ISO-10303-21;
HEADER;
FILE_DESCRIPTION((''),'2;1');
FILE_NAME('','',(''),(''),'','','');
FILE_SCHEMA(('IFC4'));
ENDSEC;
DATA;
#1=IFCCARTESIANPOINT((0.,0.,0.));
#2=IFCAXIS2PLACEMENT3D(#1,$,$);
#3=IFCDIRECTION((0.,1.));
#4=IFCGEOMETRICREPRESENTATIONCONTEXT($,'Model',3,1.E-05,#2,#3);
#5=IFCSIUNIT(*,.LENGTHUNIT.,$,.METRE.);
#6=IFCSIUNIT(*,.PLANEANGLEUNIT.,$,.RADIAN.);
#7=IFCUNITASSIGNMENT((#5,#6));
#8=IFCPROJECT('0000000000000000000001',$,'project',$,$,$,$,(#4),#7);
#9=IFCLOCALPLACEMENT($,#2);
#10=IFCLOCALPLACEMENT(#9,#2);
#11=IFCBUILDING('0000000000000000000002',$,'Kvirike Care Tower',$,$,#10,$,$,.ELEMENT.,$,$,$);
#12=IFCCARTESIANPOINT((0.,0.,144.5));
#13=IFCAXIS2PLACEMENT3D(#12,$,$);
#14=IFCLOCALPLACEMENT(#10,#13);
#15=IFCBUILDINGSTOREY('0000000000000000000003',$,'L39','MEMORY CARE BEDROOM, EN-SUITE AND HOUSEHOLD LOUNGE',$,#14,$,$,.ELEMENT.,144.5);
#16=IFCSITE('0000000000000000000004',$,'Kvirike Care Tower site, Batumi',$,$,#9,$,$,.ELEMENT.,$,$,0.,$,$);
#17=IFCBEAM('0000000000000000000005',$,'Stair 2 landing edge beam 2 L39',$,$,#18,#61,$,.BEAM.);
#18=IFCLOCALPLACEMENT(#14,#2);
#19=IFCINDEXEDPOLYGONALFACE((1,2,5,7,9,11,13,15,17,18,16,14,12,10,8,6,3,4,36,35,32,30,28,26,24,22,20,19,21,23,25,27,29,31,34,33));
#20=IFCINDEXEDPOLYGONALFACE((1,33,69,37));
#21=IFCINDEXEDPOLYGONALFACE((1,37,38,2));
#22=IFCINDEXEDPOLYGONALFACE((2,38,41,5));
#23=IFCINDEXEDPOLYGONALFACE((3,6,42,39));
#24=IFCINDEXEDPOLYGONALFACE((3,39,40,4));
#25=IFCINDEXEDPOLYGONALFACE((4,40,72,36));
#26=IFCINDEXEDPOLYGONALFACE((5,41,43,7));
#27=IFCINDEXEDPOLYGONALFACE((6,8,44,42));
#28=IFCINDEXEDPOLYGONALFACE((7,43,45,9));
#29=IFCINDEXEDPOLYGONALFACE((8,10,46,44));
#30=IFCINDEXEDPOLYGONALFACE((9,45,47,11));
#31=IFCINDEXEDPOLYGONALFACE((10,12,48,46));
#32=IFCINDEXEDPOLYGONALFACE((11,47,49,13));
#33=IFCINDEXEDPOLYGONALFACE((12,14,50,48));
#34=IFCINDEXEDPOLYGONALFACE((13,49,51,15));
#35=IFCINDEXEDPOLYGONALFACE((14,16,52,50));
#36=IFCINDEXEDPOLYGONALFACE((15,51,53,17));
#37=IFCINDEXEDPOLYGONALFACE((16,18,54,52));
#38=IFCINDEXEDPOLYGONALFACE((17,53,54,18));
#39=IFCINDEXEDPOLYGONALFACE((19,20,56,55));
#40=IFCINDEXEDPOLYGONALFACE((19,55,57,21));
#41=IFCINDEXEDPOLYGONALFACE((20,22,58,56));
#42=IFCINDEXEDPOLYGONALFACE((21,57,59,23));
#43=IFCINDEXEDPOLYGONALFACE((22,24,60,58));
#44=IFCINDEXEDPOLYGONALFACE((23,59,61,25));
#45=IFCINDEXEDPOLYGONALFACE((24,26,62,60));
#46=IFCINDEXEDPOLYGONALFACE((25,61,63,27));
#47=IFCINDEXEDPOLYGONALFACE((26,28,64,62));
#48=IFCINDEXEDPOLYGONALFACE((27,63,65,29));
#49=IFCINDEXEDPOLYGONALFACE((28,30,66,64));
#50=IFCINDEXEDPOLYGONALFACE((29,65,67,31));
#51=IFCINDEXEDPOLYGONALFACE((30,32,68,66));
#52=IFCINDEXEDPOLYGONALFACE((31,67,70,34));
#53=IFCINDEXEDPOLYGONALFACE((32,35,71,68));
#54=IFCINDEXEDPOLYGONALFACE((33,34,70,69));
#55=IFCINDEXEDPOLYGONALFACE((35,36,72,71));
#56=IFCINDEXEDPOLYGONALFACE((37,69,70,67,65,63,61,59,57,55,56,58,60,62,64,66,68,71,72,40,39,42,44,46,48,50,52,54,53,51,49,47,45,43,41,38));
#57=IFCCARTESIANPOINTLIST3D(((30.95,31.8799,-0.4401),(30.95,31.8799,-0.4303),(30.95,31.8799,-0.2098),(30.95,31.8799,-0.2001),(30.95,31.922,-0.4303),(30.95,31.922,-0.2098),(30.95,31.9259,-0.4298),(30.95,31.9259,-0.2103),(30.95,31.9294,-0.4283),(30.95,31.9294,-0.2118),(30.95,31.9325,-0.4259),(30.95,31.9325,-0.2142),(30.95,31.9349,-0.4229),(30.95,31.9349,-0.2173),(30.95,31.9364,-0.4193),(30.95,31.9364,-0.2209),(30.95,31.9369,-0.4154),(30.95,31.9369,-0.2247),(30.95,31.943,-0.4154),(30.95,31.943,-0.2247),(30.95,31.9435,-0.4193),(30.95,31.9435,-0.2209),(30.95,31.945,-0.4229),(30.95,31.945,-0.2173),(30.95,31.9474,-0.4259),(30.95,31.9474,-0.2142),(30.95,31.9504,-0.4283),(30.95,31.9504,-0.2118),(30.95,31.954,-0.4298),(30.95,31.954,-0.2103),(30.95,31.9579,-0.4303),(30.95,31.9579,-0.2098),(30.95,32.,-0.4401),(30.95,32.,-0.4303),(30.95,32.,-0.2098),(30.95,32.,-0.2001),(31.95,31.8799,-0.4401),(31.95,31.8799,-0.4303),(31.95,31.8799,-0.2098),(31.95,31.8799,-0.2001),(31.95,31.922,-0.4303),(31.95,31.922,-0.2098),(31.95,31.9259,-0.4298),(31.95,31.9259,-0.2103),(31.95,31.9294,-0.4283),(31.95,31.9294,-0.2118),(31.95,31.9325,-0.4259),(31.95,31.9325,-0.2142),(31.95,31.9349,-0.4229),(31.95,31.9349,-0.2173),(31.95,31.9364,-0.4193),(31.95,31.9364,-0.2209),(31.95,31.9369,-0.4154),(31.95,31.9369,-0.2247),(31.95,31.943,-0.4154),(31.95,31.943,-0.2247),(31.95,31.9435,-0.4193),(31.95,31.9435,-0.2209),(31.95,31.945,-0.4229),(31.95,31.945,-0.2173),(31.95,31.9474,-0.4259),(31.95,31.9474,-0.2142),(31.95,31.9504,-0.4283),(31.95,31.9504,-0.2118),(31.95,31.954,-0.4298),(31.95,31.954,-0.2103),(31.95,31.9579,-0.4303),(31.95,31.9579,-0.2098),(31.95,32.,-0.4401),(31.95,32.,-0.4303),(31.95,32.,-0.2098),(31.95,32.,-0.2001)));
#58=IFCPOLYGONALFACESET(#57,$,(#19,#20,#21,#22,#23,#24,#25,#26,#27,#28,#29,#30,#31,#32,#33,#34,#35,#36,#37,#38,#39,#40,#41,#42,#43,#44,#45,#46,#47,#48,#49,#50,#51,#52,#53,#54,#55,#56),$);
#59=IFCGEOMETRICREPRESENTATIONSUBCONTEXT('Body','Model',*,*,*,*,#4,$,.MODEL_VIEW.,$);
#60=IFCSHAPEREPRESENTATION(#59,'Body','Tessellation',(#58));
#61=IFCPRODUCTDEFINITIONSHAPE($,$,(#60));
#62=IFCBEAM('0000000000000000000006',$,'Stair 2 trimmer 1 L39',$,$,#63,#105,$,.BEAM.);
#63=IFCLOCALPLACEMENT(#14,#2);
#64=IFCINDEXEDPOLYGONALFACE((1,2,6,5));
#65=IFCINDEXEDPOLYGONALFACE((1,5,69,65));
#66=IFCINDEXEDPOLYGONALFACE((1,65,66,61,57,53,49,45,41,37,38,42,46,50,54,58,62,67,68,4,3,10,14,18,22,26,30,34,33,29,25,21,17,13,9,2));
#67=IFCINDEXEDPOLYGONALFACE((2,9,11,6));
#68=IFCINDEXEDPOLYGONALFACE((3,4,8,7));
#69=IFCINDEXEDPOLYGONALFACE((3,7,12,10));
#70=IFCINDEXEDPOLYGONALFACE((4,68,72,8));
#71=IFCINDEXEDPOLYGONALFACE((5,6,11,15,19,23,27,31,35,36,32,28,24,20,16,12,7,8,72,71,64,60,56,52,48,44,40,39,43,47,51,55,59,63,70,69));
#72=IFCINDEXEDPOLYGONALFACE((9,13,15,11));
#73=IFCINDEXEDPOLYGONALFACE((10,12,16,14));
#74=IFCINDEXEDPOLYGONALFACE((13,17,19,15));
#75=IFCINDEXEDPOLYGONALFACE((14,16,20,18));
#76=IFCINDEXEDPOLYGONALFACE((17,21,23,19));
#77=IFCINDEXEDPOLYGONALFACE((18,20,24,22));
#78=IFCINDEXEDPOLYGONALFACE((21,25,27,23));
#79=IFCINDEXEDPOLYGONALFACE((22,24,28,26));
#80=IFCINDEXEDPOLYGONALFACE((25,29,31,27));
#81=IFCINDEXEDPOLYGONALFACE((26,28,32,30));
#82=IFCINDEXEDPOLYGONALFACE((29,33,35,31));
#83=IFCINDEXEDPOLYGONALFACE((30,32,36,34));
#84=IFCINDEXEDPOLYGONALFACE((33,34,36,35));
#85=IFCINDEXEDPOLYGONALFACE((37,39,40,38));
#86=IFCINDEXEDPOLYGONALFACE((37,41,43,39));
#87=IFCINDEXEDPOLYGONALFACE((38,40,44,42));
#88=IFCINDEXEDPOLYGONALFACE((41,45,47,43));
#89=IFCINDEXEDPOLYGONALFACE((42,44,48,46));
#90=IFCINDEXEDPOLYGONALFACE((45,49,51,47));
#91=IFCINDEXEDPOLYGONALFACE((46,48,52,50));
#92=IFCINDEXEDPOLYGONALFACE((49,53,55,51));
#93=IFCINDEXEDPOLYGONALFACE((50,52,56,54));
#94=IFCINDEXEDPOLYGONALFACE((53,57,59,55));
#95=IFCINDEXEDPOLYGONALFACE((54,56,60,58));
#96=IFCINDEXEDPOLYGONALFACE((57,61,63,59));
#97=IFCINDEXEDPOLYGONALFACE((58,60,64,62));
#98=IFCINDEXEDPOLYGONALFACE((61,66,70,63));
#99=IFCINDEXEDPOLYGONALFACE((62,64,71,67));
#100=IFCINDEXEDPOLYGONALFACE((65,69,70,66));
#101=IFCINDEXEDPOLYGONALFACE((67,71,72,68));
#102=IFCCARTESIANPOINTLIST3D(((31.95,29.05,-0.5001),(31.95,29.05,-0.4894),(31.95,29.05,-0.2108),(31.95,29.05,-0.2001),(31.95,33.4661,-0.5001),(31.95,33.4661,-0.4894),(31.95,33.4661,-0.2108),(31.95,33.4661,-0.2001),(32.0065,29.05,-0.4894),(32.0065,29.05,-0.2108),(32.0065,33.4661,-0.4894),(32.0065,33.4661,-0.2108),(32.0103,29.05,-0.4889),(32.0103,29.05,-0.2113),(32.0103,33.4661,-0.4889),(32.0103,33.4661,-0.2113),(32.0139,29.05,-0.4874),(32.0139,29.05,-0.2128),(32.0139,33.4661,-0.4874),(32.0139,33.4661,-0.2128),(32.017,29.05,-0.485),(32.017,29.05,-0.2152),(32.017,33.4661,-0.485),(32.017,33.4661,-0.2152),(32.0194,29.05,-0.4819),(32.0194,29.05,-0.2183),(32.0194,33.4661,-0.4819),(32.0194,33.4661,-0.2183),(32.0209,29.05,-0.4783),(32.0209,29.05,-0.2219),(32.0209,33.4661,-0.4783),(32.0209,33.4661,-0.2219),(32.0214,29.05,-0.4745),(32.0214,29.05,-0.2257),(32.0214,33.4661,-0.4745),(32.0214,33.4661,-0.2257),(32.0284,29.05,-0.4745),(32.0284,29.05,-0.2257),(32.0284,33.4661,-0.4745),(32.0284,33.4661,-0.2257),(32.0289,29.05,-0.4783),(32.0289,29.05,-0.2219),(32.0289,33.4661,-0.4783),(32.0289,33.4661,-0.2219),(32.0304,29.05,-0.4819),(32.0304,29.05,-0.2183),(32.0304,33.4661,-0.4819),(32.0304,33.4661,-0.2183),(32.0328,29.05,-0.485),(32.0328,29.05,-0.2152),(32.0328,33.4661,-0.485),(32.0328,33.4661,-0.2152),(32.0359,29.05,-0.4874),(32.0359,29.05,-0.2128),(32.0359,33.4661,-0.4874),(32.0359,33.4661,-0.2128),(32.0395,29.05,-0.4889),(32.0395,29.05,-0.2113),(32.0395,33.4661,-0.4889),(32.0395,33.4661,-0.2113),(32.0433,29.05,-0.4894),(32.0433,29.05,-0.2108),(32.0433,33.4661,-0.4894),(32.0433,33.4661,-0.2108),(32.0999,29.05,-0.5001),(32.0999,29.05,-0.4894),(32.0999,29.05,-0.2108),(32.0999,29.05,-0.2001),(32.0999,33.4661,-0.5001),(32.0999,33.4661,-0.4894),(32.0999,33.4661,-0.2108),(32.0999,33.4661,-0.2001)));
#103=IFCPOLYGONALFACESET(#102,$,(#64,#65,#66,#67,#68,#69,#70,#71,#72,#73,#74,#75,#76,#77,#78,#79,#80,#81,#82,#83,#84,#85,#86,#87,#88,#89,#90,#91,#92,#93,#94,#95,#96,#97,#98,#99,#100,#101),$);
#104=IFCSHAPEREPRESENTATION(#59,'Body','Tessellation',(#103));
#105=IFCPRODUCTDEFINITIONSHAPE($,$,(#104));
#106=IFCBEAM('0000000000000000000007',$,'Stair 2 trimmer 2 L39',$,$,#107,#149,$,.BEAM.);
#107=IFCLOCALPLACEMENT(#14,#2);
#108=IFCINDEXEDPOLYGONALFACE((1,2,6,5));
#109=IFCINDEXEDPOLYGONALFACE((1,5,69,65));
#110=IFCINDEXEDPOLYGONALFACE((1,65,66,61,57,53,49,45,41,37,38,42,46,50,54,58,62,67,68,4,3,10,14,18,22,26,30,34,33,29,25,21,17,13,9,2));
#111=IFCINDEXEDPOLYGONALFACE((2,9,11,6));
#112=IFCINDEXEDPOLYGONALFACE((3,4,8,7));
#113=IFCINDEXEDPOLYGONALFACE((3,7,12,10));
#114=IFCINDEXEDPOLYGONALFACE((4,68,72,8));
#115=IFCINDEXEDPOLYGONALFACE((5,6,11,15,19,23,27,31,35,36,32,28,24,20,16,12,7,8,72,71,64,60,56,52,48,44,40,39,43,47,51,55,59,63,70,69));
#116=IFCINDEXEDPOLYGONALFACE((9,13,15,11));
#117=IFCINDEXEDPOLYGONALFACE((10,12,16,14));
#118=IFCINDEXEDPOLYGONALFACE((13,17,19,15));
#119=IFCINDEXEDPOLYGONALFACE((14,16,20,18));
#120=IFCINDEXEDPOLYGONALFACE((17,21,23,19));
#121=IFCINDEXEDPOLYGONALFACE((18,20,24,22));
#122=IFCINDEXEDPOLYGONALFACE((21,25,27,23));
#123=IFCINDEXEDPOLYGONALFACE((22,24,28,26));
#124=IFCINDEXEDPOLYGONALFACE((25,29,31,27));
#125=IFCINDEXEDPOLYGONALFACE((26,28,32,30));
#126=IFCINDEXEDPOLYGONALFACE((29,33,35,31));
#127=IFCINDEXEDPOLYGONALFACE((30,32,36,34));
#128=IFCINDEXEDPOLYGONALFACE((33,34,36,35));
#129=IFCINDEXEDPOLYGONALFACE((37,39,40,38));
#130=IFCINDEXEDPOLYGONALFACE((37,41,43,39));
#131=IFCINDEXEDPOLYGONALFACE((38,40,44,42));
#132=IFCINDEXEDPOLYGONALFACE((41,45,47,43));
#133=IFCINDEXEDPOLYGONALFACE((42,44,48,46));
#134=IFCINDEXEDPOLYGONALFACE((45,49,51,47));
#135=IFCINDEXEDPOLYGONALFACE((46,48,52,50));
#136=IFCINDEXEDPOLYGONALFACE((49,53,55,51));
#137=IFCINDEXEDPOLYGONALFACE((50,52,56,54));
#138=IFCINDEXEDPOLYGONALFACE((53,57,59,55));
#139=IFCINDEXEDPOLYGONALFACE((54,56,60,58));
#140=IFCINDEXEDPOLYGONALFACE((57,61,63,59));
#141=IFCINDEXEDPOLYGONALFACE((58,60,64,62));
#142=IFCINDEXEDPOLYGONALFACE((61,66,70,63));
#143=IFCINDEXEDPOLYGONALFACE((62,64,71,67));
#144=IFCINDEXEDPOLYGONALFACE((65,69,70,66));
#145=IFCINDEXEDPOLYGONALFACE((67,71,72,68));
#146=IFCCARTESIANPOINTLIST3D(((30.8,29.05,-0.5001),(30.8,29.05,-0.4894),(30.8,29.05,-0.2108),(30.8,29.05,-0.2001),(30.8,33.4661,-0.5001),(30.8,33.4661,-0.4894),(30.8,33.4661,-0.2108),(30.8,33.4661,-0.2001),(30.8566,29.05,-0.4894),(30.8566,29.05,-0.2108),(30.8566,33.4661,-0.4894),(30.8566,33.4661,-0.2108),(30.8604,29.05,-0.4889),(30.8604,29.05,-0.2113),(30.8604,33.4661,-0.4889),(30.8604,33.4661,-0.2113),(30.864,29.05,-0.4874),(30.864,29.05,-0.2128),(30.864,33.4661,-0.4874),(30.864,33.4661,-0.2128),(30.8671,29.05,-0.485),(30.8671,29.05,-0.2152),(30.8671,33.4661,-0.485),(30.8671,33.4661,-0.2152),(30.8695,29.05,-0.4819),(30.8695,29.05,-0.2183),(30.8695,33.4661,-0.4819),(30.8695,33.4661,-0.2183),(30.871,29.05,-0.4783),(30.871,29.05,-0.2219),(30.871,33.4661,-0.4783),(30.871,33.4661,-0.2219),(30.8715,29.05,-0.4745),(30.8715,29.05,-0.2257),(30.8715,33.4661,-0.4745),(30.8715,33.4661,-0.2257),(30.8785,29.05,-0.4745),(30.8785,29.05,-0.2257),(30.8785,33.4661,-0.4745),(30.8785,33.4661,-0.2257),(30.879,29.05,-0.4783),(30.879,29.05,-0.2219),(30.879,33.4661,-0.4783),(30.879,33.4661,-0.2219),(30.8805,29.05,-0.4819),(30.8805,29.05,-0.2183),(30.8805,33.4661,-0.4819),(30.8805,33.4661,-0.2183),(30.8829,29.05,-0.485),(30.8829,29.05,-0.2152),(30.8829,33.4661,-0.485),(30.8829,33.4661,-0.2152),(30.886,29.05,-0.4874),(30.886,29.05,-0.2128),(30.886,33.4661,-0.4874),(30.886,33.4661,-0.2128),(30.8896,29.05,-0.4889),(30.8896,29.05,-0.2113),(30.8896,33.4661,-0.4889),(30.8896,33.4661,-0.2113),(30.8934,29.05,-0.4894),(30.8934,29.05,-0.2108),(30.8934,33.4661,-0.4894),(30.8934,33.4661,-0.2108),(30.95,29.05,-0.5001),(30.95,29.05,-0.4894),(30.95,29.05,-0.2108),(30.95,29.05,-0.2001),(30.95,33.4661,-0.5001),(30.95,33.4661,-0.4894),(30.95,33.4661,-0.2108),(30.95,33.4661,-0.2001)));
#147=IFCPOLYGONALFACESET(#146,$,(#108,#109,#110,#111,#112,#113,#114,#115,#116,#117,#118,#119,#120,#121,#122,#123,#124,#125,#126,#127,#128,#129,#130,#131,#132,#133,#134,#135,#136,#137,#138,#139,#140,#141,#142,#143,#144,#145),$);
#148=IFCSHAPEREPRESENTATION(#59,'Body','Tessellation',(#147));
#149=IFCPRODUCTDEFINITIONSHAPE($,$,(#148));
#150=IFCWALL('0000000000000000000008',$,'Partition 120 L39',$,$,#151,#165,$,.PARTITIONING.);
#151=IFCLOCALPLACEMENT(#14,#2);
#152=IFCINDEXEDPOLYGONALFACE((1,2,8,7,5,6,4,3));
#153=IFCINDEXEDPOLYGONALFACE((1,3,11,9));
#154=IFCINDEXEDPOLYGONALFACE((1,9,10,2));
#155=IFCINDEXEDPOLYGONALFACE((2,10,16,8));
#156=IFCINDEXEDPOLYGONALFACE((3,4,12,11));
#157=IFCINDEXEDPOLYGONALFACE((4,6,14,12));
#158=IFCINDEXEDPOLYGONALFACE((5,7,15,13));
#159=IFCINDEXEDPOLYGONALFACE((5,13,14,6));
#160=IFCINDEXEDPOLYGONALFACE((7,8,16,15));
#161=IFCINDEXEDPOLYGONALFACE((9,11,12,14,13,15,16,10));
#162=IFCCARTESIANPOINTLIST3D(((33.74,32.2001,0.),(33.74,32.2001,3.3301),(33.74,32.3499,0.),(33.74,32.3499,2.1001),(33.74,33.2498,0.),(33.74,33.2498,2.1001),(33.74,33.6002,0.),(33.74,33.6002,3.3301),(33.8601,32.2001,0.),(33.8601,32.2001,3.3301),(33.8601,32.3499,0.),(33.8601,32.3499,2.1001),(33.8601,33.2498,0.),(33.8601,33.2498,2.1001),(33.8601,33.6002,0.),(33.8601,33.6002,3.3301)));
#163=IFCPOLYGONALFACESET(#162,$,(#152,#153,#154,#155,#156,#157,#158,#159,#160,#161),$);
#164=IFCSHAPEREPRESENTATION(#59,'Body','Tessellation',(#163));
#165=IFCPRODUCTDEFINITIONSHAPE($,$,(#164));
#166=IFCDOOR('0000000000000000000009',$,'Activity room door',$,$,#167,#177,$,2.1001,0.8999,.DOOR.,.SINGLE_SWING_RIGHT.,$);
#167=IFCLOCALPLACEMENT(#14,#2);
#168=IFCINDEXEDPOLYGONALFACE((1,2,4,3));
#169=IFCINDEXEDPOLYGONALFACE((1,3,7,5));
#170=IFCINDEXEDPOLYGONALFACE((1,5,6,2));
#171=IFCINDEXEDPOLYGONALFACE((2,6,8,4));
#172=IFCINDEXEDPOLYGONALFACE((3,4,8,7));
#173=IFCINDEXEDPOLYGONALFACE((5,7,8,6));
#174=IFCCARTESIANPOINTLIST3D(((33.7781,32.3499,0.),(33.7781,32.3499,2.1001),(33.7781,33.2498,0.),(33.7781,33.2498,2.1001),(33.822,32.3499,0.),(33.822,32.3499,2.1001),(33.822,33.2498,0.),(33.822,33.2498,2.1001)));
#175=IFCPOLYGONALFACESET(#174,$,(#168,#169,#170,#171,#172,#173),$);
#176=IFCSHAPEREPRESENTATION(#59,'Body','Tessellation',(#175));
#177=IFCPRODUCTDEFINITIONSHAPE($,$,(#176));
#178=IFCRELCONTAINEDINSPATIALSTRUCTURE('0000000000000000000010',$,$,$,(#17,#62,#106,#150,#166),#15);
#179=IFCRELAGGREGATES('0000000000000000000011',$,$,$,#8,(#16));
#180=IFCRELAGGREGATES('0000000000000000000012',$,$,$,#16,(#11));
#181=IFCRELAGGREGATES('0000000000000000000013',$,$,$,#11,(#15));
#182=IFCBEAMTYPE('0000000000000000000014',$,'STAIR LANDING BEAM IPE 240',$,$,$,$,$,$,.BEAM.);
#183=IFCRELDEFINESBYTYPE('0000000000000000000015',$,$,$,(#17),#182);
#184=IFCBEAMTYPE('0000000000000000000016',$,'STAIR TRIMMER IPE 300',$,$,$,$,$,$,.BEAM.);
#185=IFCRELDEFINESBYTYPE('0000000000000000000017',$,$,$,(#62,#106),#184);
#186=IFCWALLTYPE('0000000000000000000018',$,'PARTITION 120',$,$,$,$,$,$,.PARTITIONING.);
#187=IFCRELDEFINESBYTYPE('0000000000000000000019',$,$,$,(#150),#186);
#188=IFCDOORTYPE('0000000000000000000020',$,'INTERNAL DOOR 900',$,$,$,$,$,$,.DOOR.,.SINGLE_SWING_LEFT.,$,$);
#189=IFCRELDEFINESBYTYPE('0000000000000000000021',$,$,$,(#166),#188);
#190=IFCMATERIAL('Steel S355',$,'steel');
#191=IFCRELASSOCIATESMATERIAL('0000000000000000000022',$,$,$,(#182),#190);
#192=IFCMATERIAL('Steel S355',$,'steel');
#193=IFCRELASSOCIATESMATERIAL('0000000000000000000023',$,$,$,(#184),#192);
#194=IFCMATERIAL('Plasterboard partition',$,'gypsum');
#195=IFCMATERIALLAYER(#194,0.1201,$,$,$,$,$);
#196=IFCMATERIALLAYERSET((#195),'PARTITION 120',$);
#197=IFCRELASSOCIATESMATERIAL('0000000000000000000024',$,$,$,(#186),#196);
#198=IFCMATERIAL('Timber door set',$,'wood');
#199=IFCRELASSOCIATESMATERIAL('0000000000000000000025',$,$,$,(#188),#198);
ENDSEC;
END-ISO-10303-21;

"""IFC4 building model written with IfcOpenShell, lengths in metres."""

from ifc_helpers import new_model, si_unit, direction, frame, frame_2d, origin, origin_2d, place, context, subcontext, project, spatial, rectangle, i_section, extrude, material, layer, layer_set, material_profile, profile_set, type_object, element, fill, save


model = new_model("IFC4")

# Units and contexts
model_context = context("Model", 3, precision=1e-05, world=origin(), true_north=direction((0.0, 1.0)))
body_context = subcontext(model_context, "Body", "Model", "MODEL_VIEW")
ifc_project = project(units=[si_unit("LENGTHUNIT", "METRE"), si_unit("PLANEANGLEUNIT", "RADIAN")], contexts=[model_context])

# Site, building, storey
site_placement = place(None, origin())
site = spatial("IfcSite", under=ifc_project, at=site_placement, Name="Kvirike Care Tower site, Batumi", CompositionType="ELEMENT", RefElevation=0.0)
building_placement = place(site_placement, origin())
building = spatial("IfcBuilding", under=site, at=building_placement, Name="Kvirike Care Tower", CompositionType="ELEMENT")
storey_placement = place(building_placement, frame((0.0, 0.0, 144.5)))
storey = spatial("IfcBuildingStorey", under=building, at=storey_placement, Name="L39", Description="MEMORY CARE BEDROOM, EN-SUITE AND HOUSEHOLD LOUNGE", CompositionType="ELEMENT", Elevation=144.5)

# Beams
ifc_material_1 = material(Name="Steel S355", Category="steel")
ifc_material_profile_1 = material_profile(ifc_material_1, i_section(OverallWidth=0.1201, OverallDepth=0.24, WebThickness=0.0061, FlangeThickness=0.0098, FilletRadius=0.0149, at=origin_2d()), Name="IPE 240")
ifc_profile_set_1 = profile_set([ifc_material_profile_1], Name="Steel S355")
beam_type_1 = type_object("IfcBeamType", Name="STAIR LANDING BEAM IPE 240", PredefinedType="BEAM", material=ifc_profile_set_1)
for number, where, z_axis, x_axis, name in (
    (1, (31.95, 31.9399, -0.3201), (-1.0, 0.0, 0.0), (0.0, -1.0, 0.0), "Stair 2 landing edge beam 2 L39"),
):
    element("IfcBeam", number, at=place(storey_placement, frame(where, z_axis=z_axis, x_axis=x_axis)), inside=storey, type_object=beam_type_1, Name=name, PredefinedType="BEAM", context=body_context, shape_type="SweptSolid", body=[
        extrude(i_section(OverallWidth=0.1201, OverallDepth=0.24, WebThickness=0.0061, FlangeThickness=0.0098, FilletRadius=0.0149, at=origin_2d()), origin(), (0.0, 0.0, 1.0), 1.0),
    ])
ifc_material_2 = material(Name="Steel S355", Category="steel")
ifc_material_profile_2 = material_profile(ifc_material_2, i_section(OverallWidth=0.1499, OverallDepth=0.3, WebThickness=0.0071, FlangeThickness=0.0107, FilletRadius=0.0149, at=origin_2d()), Name="IPE 300")
ifc_profile_set_2 = profile_set([ifc_material_profile_2], Name="Steel S355")
beam_type_2 = type_object("IfcBeamType", Name="STAIR TRIMMER IPE 300", PredefinedType="BEAM", material=ifc_profile_set_2)
for number, where, z_axis, x_axis, name in (
    (2, (32.0249, 29.05, -0.3501), (0.0, 1.0, 0.0), (-1.0, 0.0, 0.0), "Stair 2 trimmer 1 L39"),
    (3, (30.875, 29.05, -0.3501), (0.0, 1.0, 0.0), (-1.0, 0.0, 0.0), "Stair 2 trimmer 2 L39"),
):
    element("IfcBeam", number, at=place(storey_placement, frame(where, z_axis=z_axis, x_axis=x_axis)), inside=storey, type_object=beam_type_2, Name=name, PredefinedType="BEAM", context=body_context, shape_type="SweptSolid", body=[
        extrude(i_section(OverallWidth=0.1499, OverallDepth=0.3, WebThickness=0.0071, FlangeThickness=0.0107, FilletRadius=0.0149, at=origin_2d()), origin(), (0.0, 0.0, 1.0), 4.416),
    ])

# Wall, opening, door
ifc_material_3 = material(Name="Plasterboard partition", Category="gypsum")
ifc_layer_1 = layer(ifc_material_3, 0.1201)
ifc_layer_set_1 = layer_set([ifc_layer_1], Name="PARTITION 120")
wall_type_1 = type_object("IfcWallType", Name="PARTITION 120", PredefinedType="PARTITIONING", material=ifc_layer_set_1)
wall_placement = place(storey_placement, frame((33.8, 32.2, 0.0), z_axis=(0.0, 0.0, 1.0), x_axis=(0.0, 1.0, 0.0)))
wall = element("IfcWall", 4, at=wall_placement, inside=storey, type_object=wall_type_1, Name="Partition 120 L39", PredefinedType="PARTITIONING", context=body_context, shape_type="SweptSolid", body=[
    extrude(rectangle(XDim=1.4001, YDim=0.1201, at=frame_2d((0.7002, 0.0))), origin(), (0.0, 0.0, 1.0), 3.3301),
])
opening_placement = place(wall_placement, frame((0.1499, 0.0, 0.0)))
opening = element("IfcOpeningElement", 5, at=opening_placement, cuts=wall, PredefinedType="OPENING", context=body_context, shape_type="SweptSolid", body=[
    extrude(rectangle(XDim=0.8999, YDim=2.1001, at=frame_2d((0.45, 1.05))), frame((0.0, 0.0706, 0.0), z_axis=(0.0, -1.0, 0.0), x_axis=(1.0, 0.0, 0.0)), (0.0, 0.0, 1.0), 0.1411),
])
ifc_material_4 = material(Name="Timber door set", Category="wood")
door_type = type_object("IfcDoorType", Name="INTERNAL DOOR 900", OperationType="SINGLE_SWING_LEFT", PredefinedType="DOOR", material=ifc_material_4)
door_placement = place(opening_placement, origin())
door = element("IfcDoor", 6, at=door_placement, inside=storey, type_object=door_type, Name="Activity room door", OperationType="SINGLE_SWING_RIGHT", OverallHeight=2.1001, OverallWidth=0.8999, PredefinedType="DOOR", context=body_context, shape_type="SweptSolid", body=[
    extrude(rectangle(XDim=0.8999, YDim=2.1001, at=frame_2d((0.45, 1.05))), frame((0.0, 0.022, 0.0), z_axis=(0.0, -1.0, 0.0), x_axis=(1.0, 0.0, 0.0)), (0.0, 0.0, 1.0), 0.0439),
])
fill(opening, door)

save(model, "model.ifc")
